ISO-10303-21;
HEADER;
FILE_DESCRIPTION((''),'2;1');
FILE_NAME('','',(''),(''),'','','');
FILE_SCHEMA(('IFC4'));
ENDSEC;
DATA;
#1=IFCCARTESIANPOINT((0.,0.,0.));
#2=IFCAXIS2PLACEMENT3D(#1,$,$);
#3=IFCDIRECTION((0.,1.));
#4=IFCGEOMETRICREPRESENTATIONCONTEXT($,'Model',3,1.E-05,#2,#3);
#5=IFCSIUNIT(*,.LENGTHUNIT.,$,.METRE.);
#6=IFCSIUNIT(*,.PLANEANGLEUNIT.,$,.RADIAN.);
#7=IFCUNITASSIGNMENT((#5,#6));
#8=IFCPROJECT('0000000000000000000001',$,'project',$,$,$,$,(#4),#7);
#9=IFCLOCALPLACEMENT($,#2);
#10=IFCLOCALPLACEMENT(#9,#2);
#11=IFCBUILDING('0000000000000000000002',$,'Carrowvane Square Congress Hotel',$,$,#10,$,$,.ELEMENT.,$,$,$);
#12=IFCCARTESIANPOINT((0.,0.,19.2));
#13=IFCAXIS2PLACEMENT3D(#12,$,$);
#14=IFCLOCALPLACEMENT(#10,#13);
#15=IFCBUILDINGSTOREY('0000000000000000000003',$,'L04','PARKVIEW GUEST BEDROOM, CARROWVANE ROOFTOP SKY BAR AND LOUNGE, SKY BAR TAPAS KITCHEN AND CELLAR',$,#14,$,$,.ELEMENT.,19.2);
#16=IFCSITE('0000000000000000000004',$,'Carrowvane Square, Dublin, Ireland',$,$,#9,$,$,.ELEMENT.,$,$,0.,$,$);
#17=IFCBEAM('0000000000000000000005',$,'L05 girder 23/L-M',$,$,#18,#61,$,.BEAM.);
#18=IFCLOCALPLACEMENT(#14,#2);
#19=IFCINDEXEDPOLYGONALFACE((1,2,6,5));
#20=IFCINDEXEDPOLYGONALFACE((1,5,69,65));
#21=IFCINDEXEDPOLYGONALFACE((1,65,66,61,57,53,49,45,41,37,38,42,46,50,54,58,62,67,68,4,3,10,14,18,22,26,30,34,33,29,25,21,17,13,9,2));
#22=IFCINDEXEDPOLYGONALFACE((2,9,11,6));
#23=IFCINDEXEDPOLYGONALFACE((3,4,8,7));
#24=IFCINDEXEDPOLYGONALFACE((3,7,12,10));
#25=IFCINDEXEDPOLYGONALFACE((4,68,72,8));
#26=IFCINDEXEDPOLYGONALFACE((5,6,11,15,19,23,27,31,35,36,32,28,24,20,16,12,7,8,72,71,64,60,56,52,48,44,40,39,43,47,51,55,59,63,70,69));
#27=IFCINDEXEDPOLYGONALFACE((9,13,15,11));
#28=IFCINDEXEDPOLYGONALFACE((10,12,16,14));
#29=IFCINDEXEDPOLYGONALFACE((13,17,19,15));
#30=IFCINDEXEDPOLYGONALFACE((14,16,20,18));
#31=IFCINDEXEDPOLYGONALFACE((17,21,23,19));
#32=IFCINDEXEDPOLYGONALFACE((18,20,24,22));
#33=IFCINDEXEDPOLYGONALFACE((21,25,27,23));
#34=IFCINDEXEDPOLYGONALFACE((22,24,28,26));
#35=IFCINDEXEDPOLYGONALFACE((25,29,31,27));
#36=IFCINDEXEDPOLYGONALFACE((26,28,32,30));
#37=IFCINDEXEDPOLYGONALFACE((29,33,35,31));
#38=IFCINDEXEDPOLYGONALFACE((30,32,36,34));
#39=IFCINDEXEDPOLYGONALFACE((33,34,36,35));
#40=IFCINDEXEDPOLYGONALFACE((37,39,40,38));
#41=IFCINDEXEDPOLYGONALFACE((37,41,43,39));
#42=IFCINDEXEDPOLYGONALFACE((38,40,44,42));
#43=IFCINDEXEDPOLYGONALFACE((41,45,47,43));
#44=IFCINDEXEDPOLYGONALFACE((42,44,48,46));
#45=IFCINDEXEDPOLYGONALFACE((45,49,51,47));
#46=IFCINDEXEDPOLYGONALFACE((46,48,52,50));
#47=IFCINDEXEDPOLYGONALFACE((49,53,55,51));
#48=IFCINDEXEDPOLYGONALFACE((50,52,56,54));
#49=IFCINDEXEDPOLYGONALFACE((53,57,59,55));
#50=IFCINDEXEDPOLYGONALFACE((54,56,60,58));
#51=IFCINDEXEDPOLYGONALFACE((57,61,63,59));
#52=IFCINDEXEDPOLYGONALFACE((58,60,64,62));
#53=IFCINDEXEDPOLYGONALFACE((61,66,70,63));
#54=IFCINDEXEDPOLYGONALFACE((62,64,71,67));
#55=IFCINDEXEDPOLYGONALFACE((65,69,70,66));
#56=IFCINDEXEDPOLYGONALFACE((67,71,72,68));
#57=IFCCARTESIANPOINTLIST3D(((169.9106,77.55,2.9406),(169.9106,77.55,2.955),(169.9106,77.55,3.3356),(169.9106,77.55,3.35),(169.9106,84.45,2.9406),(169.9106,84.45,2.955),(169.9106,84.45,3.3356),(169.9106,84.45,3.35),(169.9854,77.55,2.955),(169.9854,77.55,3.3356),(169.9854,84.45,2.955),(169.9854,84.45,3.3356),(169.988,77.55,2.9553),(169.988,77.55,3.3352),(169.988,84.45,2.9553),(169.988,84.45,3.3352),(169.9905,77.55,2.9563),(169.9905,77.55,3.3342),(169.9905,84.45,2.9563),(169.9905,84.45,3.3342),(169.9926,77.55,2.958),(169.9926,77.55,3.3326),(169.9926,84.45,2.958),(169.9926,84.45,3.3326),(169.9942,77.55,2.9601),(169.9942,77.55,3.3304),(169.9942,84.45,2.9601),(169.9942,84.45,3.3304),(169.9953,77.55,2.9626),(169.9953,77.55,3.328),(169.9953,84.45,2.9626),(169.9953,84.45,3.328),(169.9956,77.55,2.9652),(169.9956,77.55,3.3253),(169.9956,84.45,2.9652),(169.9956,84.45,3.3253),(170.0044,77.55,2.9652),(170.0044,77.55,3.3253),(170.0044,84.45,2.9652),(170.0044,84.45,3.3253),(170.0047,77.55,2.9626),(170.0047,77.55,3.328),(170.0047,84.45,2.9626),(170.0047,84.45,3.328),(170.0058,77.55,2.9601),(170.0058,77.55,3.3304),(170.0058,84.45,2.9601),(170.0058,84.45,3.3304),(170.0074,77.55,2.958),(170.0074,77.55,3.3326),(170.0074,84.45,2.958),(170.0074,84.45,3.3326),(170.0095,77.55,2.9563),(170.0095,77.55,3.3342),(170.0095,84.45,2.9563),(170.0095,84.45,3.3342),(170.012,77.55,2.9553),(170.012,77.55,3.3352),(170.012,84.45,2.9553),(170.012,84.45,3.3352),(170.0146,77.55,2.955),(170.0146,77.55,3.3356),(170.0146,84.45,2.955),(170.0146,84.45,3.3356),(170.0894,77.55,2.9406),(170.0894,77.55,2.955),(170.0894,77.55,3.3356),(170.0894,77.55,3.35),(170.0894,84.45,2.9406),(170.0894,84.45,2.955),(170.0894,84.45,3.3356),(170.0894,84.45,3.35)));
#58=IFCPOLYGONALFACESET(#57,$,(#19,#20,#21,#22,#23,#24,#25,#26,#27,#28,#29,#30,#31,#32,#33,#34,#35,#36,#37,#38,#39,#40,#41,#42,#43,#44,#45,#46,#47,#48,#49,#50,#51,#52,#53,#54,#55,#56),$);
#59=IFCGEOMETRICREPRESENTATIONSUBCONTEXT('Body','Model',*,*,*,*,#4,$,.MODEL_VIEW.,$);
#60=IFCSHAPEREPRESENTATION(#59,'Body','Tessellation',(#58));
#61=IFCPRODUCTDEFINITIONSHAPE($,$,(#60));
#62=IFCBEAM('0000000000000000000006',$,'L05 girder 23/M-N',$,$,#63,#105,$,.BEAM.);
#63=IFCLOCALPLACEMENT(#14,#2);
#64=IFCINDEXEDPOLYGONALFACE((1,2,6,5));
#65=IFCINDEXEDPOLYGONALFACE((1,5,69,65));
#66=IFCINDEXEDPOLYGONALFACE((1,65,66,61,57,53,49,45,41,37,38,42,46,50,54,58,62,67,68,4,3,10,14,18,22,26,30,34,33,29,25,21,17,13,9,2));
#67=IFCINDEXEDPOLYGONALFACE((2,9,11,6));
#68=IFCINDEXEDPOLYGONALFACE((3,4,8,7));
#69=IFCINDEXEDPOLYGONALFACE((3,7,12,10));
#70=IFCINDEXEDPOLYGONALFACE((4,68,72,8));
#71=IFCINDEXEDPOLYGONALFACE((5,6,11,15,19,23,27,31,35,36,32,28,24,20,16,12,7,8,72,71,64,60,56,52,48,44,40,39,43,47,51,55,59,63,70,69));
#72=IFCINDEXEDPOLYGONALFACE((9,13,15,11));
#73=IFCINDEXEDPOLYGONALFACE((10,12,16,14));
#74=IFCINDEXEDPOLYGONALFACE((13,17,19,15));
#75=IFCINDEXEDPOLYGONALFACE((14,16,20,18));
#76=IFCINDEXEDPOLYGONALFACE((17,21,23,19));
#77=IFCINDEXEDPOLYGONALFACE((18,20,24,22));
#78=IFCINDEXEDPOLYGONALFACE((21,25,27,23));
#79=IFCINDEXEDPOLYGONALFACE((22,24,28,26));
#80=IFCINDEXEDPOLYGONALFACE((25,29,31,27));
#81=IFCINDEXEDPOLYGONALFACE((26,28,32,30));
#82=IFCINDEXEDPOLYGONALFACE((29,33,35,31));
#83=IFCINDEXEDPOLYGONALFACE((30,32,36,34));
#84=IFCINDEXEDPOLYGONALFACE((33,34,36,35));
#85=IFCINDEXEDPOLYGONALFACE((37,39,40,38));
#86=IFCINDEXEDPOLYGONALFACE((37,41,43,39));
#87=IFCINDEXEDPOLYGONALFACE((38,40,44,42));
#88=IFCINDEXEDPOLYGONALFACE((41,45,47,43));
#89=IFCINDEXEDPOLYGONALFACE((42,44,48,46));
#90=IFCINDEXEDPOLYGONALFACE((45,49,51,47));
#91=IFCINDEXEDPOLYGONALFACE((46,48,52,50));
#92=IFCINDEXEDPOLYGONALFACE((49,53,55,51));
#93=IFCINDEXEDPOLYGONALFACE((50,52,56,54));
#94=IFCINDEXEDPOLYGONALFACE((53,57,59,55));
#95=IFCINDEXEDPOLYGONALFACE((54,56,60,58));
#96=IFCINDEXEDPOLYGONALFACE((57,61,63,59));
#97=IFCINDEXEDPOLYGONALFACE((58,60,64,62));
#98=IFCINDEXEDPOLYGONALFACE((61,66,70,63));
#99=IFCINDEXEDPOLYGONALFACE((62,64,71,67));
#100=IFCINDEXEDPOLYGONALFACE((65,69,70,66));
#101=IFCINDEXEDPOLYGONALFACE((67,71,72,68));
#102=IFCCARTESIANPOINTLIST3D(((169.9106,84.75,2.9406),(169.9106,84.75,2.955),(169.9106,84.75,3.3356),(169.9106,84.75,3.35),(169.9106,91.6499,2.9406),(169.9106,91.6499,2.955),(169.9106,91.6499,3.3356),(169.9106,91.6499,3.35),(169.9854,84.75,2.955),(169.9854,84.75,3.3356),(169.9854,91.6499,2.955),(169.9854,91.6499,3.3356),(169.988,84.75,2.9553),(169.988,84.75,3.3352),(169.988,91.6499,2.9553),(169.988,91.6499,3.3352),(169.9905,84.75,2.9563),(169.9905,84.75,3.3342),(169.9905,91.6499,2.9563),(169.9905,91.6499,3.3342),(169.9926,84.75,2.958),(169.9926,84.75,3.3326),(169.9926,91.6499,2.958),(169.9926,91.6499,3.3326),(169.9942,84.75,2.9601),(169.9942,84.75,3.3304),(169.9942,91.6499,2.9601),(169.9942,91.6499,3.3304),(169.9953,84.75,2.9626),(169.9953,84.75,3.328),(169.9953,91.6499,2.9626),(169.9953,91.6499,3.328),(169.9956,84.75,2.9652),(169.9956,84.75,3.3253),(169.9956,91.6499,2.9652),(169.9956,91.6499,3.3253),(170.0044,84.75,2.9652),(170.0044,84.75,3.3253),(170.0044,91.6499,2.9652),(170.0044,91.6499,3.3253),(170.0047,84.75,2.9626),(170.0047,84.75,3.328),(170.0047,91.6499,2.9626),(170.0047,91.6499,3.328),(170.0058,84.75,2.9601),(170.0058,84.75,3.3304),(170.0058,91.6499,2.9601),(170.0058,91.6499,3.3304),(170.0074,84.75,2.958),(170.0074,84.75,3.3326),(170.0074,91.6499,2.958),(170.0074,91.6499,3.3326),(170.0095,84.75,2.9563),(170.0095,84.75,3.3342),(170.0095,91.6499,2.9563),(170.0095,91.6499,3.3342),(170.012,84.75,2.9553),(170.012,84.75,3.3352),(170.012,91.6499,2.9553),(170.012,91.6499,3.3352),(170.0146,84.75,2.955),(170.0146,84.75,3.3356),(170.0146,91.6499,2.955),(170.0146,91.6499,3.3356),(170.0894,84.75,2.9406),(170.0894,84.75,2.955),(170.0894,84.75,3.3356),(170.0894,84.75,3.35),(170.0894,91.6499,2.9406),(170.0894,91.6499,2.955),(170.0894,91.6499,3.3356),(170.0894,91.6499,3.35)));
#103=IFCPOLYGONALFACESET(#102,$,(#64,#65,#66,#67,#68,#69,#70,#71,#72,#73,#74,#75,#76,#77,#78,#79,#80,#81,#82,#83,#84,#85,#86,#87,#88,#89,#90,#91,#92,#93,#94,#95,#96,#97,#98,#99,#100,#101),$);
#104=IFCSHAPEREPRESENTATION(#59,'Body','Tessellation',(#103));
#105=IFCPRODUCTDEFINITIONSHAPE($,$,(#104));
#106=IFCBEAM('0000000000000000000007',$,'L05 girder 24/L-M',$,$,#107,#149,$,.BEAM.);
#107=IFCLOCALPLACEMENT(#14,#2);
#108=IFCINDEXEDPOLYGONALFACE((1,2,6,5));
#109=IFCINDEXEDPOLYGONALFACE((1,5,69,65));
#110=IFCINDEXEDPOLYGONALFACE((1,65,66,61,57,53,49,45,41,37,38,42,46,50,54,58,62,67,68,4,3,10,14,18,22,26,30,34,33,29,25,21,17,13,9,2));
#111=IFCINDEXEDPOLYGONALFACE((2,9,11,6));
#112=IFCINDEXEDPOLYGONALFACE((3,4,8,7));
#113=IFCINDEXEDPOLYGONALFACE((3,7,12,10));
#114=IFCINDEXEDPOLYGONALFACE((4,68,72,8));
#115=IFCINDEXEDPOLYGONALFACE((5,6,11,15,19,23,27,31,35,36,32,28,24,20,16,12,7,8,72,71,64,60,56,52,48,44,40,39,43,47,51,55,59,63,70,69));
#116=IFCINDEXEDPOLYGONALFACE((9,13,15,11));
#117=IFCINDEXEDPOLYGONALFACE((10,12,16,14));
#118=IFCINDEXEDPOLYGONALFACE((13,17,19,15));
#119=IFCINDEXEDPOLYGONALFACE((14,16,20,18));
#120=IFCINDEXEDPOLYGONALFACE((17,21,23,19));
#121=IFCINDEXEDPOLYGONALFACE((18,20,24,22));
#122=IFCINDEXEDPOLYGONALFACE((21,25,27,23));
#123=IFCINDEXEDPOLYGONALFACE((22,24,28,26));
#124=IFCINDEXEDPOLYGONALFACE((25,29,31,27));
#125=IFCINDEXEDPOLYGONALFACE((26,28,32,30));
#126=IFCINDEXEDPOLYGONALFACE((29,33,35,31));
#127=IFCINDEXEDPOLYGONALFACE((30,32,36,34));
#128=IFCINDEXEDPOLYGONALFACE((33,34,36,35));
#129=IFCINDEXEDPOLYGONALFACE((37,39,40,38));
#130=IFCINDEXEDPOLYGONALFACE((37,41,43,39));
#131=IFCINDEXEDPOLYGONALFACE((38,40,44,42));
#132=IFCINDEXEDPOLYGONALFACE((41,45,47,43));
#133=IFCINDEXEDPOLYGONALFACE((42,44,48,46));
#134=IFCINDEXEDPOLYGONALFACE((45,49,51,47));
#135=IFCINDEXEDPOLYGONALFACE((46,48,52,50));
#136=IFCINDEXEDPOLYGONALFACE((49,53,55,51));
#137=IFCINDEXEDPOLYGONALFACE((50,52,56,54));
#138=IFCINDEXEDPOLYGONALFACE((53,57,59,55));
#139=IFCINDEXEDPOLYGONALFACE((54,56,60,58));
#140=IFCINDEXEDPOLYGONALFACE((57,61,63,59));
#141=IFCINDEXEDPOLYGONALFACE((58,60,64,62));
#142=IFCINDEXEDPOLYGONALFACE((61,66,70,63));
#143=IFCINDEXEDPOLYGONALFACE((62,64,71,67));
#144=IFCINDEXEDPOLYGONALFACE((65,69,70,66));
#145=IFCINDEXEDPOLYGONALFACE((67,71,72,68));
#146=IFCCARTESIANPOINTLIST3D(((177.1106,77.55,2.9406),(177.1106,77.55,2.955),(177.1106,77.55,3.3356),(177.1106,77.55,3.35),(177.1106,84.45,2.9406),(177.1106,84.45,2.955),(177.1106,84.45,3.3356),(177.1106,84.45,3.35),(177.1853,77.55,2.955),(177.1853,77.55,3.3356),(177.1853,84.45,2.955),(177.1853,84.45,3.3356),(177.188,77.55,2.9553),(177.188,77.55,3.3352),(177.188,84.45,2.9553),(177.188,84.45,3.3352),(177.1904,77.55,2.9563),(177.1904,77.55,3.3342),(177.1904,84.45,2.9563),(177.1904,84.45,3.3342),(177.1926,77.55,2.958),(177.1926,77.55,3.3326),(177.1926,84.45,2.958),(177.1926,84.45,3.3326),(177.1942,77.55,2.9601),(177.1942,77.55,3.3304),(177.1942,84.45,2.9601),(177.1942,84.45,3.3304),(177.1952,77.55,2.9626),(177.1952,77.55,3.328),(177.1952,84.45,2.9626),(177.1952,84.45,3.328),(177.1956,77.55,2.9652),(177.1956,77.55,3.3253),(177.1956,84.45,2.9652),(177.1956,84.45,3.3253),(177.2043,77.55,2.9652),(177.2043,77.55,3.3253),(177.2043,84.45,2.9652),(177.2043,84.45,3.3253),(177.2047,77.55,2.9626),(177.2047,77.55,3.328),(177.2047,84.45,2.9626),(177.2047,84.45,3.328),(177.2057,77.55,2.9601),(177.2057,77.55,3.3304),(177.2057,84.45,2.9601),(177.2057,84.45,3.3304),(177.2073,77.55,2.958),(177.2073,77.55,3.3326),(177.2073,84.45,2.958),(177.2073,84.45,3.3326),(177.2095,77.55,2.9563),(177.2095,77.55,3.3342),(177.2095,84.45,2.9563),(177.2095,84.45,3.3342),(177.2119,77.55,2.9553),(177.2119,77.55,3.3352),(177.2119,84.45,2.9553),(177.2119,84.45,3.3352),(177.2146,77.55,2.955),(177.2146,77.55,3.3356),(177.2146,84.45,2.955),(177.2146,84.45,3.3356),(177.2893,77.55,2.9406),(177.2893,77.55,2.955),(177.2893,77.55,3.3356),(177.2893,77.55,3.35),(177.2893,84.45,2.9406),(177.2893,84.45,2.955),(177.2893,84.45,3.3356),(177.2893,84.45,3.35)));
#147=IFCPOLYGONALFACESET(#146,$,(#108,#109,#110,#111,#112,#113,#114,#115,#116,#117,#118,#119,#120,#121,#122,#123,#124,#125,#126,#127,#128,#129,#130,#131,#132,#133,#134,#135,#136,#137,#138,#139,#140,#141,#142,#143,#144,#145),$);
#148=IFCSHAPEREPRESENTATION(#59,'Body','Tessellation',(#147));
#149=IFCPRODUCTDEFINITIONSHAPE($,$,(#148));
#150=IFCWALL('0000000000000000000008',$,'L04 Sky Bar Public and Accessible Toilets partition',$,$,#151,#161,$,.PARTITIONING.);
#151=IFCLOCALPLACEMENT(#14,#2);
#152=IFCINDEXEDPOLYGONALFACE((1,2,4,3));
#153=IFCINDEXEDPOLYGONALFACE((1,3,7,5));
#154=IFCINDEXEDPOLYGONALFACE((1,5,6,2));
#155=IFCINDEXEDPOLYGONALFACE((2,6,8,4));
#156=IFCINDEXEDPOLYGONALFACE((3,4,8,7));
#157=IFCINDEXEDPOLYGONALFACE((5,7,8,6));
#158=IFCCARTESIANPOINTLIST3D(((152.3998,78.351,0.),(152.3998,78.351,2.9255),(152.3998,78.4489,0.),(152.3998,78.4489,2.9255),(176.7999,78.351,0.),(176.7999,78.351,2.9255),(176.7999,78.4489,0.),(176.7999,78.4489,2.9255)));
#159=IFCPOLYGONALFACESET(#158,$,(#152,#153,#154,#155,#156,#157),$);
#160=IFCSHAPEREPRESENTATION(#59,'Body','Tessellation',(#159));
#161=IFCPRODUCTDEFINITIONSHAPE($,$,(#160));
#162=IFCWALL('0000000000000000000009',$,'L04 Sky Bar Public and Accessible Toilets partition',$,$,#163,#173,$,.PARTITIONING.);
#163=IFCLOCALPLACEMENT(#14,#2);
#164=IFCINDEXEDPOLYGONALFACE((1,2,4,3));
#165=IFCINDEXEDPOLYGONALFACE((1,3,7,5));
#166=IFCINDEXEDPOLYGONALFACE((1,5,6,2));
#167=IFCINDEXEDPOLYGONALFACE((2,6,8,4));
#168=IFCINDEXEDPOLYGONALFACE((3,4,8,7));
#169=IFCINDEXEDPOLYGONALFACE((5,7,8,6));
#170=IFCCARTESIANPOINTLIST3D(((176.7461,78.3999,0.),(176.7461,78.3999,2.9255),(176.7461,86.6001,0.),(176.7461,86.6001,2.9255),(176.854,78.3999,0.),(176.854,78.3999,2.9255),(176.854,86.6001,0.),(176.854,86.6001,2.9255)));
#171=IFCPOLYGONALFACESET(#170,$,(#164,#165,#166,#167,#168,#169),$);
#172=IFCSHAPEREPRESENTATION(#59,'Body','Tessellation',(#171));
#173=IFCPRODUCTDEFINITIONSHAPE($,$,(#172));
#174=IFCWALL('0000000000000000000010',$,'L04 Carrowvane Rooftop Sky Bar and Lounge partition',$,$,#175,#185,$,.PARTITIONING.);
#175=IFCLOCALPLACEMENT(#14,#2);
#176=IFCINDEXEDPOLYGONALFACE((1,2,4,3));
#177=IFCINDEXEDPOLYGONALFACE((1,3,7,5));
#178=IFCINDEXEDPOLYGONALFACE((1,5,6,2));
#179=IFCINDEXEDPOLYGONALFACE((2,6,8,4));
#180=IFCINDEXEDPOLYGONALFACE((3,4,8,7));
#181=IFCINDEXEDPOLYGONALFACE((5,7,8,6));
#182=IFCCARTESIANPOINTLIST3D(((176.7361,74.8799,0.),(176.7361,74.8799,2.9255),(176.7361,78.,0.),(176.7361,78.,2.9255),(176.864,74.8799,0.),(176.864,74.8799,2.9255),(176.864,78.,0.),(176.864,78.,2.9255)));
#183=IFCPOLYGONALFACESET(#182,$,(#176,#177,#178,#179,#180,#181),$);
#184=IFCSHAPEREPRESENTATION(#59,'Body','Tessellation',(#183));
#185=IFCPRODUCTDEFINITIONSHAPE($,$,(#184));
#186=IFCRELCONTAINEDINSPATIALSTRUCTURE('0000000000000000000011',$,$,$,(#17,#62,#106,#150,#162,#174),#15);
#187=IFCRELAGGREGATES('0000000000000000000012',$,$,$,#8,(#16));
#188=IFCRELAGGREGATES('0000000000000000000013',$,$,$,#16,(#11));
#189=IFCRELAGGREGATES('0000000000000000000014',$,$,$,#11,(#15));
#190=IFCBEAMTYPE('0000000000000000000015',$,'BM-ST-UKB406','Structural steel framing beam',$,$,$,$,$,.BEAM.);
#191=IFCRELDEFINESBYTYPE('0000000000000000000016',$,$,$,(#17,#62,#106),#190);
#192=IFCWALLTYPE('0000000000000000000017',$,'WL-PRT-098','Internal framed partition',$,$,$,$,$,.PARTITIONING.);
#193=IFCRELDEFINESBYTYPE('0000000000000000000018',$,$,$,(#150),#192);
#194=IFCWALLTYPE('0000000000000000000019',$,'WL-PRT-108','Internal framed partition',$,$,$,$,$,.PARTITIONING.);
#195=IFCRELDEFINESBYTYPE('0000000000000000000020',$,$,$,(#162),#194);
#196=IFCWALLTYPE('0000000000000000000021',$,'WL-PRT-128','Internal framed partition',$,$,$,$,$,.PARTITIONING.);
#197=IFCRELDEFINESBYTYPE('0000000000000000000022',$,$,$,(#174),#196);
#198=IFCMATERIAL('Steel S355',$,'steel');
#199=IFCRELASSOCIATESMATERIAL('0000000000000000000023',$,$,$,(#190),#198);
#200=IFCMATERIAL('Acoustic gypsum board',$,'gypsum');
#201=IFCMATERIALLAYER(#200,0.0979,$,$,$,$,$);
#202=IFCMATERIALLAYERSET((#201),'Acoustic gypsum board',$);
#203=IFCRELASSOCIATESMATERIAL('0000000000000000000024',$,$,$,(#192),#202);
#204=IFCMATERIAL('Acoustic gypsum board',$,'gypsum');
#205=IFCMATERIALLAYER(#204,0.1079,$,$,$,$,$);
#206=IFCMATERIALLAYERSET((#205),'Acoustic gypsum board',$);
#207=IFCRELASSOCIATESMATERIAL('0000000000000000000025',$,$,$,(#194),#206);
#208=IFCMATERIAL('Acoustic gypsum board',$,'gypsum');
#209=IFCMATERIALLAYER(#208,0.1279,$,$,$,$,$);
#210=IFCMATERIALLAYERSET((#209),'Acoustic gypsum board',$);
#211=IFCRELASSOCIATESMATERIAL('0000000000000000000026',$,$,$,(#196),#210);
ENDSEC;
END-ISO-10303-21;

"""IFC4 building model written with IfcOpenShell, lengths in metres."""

from ifc_helpers import new_model, si_unit, direction, frame, frame_2d, origin, origin_2d, place, context, subcontext, project, spatial, rectangle, i_section, extrude, material, layer, layer_set, material_profile, profile_set, type_object, element, save


model = new_model("IFC4")

# Units and contexts
model_context = context("Model", 3, precision=1e-05, world=origin(), true_north=direction((0.0, 1.0)))
body_context = subcontext(model_context, "Body", "Model", "MODEL_VIEW")
ifc_project = project(units=[si_unit("LENGTHUNIT", "METRE"), si_unit("PLANEANGLEUNIT", "RADIAN")], contexts=[model_context])

# Site, building, storey
site_placement = place(None, origin())
site = spatial("IfcSite", under=ifc_project, at=site_placement, Name="Carrowvane Square, Dublin, Ireland", CompositionType="ELEMENT", RefElevation=0.0)
building_placement = place(site_placement, origin())
building = spatial("IfcBuilding", under=site, at=building_placement, Name="Carrowvane Square Congress Hotel", CompositionType="ELEMENT")
storey_placement = place(building_placement, frame((0.0, 0.0, 19.2)))
storey = spatial("IfcBuildingStorey", under=building, at=storey_placement, Name="L04", Description="PARKVIEW GUEST BEDROOM, CARROWVANE ROOFTOP SKY BAR AND LOUNGE, SKY BAR TAPAS KITCHEN AND CELLAR", CompositionType="ELEMENT", Elevation=19.2)

# Beams
ifc_material_1 = material(Name="Steel S355", Category="steel")
ifc_material_profile_1 = material_profile(ifc_material_1, i_section(OverallWidth=0.1787, OverallDepth=0.4094, WebThickness=0.0088, FlangeThickness=0.0144, FilletRadius=0.0103, at=origin_2d()), Name="UKB 406x178x67")
ifc_profile_set_1 = profile_set([ifc_material_profile_1], Name="Steel S355")
beam_type_1 = type_object("IfcBeamType", Name="BM-ST-UKB406", Description="Structural steel framing beam", PredefinedType="BEAM", material=ifc_profile_set_1)
for number, where, z_axis, x_axis, name in (
    (1, (170.0, 77.55, 3.1453), (0.0, 1.0, 0.0), (-1.0, 0.0, 0.0), "L05 girder 23/L-M"),
    (2, (170.0, 84.75, 3.1453), (0.0, 1.0, 0.0), (-1.0, 0.0, 0.0), "L05 girder 23/M-N"),
    (3, (177.2, 77.55, 3.1453), (0.0, 1.0, 0.0), (-1.0, 0.0, 0.0), "L05 girder 24/L-M"),
):
    element("IfcBeam", number, at=place(storey_placement, frame(where, z_axis=z_axis, x_axis=x_axis)), inside=storey, type_object=beam_type_1, Name=name, PredefinedType="BEAM", context=body_context, shape_type="SweptSolid", body=[
        extrude(i_section(OverallWidth=0.1787, OverallDepth=0.4094, WebThickness=0.0088, FlangeThickness=0.0144, FilletRadius=0.0103, at=origin_2d()), origin(), (0.0, 0.0, 1.0), 6.8999),
    ])

# Walls
ifc_material_2 = material(Name="Acoustic gypsum board", Category="gypsum")
ifc_layer_1 = layer(ifc_material_2, 0.0979)
ifc_layer_set_1 = layer_set([ifc_layer_1], Name="Acoustic gypsum board")
wall_type_1 = type_object("IfcWallType", Name="WL-PRT-098", Description="Internal framed partition", PredefinedType="PARTITIONING", material=ifc_layer_set_1)
wall_1_placement = place(storey_placement, frame((176.8, 78.3999, 0.0), z_axis=(0.0, 0.0, 1.0), x_axis=(-1.0, 0.0, 0.0)))
element("IfcWall", 4, at=wall_1_placement, inside=storey, type_object=wall_type_1, Name="L04 Sky Bar Public and Accessible Toilets partition", PredefinedType="PARTITIONING", context=body_context, shape_type="SweptSolid", body=[
    extrude(rectangle(XDim=24.4001, YDim=0.0979, at=frame_2d((12.2002, 0.0))), origin(), (0.0, 0.0, 1.0), 2.9255),
])
ifc_material_3 = material(Name="Acoustic gypsum board", Category="gypsum")
ifc_layer_2 = layer(ifc_material_3, 0.1079)
ifc_layer_set_2 = layer_set([ifc_layer_2], Name="Acoustic gypsum board")
wall_type_2 = type_object("IfcWallType", Name="WL-PRT-108", Description="Internal framed partition", PredefinedType="PARTITIONING", material=ifc_layer_set_2)
wall_2_placement = place(storey_placement, frame((176.8, 86.6001, 0.0), z_axis=(0.0, 0.0, 1.0), x_axis=(0.0, -1.0, 0.0)))
element("IfcWall", 5, at=wall_2_placement, inside=storey, type_object=wall_type_2, Name="L04 Sky Bar Public and Accessible Toilets partition", PredefinedType="PARTITIONING", context=body_context, shape_type="SweptSolid", body=[
    extrude(rectangle(XDim=8.2002, YDim=0.1079, at=frame_2d((4.1001, 0.0))), origin(), (0.0, 0.0, 1.0), 2.9255),
])
ifc_material_4 = material(Name="Acoustic gypsum board", Category="gypsum")
ifc_layer_3 = layer(ifc_material_4, 0.1279)
ifc_layer_set_3 = layer_set([ifc_layer_3], Name="Acoustic gypsum board")
wall_type_3 = type_object("IfcWallType", Name="WL-PRT-128", Description="Internal framed partition", PredefinedType="PARTITIONING", material=ifc_layer_set_3)
wall_3_placement = place(storey_placement, frame((176.8, 78.0, 0.0), z_axis=(0.0, 0.0, 1.0), x_axis=(0.0, -1.0, 0.0)))
element("IfcWall", 6, at=wall_3_placement, inside=storey, type_object=wall_type_3, Name="L04 Carrowvane Rooftop Sky Bar and Lounge partition", PredefinedType="PARTITIONING", context=body_context, shape_type="SweptSolid", body=[
    extrude(rectangle(XDim=3.1201, YDim=0.1279, at=frame_2d((1.5601, 0.0))), origin(), (0.0, 0.0, 1.0), 2.9255),
])

save(model, "model.ifc")
